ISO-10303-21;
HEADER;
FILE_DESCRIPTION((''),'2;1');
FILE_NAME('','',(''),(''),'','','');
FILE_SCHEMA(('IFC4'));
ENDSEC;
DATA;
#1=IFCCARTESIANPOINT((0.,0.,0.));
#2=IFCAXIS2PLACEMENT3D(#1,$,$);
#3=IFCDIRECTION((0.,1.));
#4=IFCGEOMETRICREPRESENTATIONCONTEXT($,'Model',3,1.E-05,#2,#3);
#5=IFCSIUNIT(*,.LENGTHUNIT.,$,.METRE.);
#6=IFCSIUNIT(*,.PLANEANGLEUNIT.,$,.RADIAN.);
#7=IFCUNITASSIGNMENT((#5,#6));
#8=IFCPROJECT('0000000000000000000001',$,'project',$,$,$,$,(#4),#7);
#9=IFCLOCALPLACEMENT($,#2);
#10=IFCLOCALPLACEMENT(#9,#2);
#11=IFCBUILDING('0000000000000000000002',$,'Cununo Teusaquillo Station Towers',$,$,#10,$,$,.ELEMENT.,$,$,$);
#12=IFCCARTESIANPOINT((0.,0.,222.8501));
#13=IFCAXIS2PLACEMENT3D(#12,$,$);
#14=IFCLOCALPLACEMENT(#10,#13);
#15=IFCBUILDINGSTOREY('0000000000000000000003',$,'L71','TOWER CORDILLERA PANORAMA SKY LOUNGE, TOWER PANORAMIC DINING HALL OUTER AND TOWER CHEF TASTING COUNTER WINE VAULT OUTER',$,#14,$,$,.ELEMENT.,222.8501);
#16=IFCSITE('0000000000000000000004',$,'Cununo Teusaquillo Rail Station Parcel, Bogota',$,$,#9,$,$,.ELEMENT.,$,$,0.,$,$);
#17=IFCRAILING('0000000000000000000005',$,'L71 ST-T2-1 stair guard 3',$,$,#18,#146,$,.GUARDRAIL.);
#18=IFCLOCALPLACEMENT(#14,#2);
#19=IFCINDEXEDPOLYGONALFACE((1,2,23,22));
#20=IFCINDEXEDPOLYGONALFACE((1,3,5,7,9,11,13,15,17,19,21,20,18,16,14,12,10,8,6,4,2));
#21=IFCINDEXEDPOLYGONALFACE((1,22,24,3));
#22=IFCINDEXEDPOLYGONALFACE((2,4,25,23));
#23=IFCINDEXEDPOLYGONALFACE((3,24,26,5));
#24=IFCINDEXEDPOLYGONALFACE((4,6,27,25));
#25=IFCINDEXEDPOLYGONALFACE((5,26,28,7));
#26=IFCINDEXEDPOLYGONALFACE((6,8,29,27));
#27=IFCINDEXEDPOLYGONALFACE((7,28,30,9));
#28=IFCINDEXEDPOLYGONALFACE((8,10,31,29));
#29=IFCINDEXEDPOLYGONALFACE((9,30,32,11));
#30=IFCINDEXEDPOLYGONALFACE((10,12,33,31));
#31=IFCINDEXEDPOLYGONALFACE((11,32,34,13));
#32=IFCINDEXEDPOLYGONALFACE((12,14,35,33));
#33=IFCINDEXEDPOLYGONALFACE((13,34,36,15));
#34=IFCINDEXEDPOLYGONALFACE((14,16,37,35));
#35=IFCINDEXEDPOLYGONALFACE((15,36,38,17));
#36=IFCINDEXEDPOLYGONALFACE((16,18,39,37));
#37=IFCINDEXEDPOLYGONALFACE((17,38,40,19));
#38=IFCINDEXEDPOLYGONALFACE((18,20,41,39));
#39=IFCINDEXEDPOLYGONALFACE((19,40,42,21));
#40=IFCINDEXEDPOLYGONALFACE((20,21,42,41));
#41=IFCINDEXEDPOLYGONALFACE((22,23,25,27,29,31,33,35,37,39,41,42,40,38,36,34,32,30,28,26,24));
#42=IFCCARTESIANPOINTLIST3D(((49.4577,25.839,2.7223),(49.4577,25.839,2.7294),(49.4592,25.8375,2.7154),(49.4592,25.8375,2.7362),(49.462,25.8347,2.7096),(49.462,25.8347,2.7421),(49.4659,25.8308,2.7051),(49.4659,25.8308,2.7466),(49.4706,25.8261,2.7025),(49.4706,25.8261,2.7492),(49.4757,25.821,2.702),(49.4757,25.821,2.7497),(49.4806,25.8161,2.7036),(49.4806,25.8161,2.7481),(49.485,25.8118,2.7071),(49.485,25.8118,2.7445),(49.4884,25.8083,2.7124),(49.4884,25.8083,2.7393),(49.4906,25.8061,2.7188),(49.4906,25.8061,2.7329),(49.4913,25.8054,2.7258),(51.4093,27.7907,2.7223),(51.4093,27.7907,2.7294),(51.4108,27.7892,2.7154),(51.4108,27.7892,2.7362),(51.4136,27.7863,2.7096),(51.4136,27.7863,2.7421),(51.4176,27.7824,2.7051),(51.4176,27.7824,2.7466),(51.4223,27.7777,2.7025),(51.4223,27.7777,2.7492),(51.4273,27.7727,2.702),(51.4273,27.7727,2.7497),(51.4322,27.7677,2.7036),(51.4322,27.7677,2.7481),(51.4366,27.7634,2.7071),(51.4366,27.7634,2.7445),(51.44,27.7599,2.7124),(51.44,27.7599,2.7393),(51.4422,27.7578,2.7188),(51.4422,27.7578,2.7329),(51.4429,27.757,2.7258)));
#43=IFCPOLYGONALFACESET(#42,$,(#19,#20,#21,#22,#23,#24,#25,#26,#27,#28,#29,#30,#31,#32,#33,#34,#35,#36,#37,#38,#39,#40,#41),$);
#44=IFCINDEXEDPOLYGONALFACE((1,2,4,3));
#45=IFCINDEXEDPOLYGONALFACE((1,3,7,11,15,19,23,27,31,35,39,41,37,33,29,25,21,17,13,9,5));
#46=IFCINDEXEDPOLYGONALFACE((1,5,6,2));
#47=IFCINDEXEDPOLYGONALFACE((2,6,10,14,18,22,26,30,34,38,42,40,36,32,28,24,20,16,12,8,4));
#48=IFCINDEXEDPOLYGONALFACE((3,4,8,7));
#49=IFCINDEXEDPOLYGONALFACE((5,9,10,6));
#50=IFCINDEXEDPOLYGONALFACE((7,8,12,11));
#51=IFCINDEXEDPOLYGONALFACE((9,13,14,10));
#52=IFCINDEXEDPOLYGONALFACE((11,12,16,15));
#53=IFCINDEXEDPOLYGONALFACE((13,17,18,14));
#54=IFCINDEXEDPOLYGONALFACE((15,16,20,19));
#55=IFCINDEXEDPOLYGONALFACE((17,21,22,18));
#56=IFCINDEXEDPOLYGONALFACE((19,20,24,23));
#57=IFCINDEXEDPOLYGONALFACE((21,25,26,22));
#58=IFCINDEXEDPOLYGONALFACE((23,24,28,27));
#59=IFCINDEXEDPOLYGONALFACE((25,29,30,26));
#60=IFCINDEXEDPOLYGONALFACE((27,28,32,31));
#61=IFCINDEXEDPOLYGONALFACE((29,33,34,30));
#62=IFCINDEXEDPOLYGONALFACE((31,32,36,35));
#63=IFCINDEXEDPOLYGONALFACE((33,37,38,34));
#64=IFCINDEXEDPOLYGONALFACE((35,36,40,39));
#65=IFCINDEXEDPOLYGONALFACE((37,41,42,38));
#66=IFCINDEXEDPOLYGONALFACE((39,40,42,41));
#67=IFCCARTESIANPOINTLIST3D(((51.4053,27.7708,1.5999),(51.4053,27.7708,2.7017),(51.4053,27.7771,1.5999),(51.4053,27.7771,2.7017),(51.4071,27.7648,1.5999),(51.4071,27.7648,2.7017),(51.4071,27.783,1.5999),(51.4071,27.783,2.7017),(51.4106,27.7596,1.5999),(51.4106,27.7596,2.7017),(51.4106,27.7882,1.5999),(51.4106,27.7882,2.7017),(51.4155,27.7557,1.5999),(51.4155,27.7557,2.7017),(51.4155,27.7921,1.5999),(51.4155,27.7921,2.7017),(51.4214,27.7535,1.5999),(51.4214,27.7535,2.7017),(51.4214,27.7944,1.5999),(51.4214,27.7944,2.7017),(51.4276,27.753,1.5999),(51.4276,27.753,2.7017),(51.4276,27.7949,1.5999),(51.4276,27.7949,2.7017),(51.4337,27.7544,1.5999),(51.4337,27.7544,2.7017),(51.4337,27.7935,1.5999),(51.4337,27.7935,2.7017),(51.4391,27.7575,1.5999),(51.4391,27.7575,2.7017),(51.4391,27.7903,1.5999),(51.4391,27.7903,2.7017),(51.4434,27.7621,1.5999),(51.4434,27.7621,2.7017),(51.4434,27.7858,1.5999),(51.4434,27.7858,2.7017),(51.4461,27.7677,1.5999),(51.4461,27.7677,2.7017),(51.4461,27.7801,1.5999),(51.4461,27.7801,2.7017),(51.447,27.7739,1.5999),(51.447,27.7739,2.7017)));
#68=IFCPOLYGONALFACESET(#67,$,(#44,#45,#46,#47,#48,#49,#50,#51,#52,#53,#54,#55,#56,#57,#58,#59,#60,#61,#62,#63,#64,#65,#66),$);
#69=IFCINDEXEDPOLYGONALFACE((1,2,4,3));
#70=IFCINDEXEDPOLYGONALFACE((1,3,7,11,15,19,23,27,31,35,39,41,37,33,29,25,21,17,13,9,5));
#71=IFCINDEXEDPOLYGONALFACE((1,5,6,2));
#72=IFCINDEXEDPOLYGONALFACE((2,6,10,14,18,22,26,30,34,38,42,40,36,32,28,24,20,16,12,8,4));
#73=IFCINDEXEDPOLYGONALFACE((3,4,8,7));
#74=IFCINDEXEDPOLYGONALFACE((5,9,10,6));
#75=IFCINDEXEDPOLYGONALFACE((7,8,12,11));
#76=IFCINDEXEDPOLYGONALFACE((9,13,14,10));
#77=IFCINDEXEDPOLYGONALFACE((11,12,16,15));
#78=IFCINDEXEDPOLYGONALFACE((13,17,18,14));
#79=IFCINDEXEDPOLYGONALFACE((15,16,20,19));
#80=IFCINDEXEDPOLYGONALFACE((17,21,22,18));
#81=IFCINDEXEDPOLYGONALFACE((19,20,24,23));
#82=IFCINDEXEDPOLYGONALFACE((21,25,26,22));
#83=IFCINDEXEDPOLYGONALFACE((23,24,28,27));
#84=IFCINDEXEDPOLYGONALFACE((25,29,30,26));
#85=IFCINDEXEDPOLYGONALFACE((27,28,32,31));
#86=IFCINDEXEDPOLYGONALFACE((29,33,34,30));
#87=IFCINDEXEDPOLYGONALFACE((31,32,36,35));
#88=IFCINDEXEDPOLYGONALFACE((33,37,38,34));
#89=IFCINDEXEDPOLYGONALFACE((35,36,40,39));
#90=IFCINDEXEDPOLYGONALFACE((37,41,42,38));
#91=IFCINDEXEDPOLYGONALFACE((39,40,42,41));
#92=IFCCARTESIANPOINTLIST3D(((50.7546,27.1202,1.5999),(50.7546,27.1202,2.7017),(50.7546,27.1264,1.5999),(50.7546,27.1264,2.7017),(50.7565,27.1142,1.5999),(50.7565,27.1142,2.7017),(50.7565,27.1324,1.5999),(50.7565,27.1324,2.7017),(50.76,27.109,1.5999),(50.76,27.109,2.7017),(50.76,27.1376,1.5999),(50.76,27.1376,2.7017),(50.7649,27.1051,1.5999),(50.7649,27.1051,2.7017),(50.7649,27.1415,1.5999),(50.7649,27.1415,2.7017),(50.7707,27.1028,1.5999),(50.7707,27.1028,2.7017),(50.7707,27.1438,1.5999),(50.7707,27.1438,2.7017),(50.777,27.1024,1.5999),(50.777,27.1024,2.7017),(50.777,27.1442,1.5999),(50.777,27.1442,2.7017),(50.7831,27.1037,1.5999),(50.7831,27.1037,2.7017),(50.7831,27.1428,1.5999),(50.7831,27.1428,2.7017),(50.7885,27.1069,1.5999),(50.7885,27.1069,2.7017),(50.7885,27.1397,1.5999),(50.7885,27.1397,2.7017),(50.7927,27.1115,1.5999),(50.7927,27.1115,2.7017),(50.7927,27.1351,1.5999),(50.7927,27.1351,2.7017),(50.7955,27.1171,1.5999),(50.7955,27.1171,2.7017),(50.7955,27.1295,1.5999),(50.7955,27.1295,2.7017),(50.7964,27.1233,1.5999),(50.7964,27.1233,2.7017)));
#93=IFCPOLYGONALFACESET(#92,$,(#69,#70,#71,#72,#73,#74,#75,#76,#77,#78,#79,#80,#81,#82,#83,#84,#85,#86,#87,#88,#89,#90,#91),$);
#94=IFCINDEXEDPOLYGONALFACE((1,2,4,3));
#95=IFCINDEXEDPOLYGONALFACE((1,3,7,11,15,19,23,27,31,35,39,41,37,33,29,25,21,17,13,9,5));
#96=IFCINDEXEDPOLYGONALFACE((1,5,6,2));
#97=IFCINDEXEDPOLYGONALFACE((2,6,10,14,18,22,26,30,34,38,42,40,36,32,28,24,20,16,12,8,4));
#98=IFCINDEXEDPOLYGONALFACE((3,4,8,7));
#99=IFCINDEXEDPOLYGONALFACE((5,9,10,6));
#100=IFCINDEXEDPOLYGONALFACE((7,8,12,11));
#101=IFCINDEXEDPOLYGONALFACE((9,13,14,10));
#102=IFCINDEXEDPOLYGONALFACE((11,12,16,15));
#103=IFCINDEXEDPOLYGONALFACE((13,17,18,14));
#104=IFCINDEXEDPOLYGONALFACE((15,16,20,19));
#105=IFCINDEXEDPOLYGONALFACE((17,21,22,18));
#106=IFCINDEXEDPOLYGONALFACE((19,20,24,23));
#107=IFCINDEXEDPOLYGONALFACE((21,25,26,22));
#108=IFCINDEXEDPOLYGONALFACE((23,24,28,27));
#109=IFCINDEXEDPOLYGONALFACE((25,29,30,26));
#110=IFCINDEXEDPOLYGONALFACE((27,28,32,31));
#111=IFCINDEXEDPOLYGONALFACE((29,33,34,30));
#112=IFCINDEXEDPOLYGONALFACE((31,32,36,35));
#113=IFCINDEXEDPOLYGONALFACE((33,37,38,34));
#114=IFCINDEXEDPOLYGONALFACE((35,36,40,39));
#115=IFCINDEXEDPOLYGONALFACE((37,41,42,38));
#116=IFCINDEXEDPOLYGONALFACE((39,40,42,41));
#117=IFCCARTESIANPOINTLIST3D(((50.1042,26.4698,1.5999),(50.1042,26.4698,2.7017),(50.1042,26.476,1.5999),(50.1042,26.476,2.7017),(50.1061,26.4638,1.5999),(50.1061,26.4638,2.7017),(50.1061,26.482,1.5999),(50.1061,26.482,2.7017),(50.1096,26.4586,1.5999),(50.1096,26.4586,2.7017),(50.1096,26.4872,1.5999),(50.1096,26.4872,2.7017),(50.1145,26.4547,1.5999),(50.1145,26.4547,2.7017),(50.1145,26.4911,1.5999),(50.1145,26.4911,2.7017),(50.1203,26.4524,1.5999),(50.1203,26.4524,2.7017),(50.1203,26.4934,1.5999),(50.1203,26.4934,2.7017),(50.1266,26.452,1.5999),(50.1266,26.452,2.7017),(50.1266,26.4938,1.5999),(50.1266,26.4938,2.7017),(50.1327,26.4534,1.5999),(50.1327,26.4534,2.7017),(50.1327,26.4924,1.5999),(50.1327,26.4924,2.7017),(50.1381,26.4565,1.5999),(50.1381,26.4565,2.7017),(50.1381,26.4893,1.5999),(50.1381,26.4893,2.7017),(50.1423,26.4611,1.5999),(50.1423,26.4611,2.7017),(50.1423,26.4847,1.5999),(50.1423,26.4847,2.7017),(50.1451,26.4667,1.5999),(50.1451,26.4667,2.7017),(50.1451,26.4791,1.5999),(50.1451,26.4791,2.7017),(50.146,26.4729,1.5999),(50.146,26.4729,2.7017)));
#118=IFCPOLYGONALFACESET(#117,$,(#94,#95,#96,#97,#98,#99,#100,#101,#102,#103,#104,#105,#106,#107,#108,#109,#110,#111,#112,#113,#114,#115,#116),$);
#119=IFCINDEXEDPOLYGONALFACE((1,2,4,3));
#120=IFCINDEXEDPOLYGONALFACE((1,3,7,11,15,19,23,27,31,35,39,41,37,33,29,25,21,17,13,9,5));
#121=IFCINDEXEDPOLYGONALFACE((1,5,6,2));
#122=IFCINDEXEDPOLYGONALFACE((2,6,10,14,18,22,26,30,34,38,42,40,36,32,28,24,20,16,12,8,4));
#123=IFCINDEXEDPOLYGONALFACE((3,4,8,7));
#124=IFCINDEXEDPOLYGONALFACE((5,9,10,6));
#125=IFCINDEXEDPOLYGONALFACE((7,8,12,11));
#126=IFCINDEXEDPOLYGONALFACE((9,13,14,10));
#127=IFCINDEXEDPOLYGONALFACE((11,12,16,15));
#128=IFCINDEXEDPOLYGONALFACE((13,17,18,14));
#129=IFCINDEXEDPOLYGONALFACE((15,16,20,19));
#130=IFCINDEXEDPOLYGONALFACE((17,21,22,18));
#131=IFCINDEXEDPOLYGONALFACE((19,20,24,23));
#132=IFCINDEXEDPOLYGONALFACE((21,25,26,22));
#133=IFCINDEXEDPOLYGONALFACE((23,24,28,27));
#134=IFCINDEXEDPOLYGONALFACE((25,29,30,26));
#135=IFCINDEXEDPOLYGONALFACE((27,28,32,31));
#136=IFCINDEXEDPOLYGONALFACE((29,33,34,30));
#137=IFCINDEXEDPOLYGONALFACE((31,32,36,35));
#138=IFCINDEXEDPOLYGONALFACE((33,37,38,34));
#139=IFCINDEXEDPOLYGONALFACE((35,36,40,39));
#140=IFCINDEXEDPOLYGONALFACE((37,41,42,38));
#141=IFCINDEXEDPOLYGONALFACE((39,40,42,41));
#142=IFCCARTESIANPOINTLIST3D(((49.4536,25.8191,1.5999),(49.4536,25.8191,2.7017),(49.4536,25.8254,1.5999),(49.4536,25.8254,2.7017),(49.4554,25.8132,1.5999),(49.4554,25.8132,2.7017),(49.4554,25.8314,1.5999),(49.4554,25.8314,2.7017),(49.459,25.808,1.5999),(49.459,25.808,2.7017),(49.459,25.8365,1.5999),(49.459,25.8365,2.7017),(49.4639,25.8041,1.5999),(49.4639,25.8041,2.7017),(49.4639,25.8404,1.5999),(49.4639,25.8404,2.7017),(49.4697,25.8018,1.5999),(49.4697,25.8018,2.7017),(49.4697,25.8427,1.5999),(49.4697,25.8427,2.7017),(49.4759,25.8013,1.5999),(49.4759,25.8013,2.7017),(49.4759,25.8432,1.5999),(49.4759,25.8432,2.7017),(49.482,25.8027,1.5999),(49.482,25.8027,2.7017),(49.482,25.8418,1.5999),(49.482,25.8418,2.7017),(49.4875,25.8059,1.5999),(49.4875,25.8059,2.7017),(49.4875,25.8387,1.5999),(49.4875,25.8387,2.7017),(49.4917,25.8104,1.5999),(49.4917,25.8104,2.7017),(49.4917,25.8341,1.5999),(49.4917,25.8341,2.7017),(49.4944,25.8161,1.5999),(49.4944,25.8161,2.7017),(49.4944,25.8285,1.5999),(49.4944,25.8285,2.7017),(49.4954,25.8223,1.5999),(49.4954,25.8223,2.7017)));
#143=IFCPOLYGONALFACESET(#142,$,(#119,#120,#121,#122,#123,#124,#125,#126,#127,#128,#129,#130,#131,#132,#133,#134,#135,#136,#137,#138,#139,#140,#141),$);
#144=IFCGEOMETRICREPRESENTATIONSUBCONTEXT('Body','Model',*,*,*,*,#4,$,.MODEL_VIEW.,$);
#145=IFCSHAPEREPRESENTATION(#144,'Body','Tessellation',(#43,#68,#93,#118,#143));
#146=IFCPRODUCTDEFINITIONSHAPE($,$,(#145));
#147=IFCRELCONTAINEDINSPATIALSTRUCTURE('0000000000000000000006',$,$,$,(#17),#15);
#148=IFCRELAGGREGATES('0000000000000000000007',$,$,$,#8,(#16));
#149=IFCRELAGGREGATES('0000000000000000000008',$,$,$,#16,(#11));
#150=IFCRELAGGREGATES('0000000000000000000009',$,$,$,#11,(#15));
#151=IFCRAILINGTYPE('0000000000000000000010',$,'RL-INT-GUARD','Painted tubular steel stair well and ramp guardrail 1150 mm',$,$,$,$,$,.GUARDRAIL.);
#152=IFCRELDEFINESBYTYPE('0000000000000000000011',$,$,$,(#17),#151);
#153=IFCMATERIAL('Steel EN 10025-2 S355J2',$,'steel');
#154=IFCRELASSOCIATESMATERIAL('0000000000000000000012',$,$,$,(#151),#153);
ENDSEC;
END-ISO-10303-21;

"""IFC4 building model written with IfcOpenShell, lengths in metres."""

from ifc_helpers import new_model, si_unit, direction, frame, origin, origin_2d, place, context, subcontext, project, spatial, circle, extrude, material, type_object, element, save


model = new_model("IFC4")

# Units and contexts
model_context = context("Model", 3, precision=1e-05, world=origin(), true_north=direction((0.0, 1.0)))
body_context = subcontext(model_context, "Body", "Model", "MODEL_VIEW")
ifc_project = project(units=[si_unit("LENGTHUNIT", "METRE"), si_unit("PLANEANGLEUNIT", "RADIAN")], contexts=[model_context])

# Site, building, storey
site_placement = place(None, origin())
site = spatial("IfcSite", under=ifc_project, at=site_placement, Name="Cununo Teusaquillo Rail Station Parcel, Bogota", CompositionType="ELEMENT", RefElevation=0.0)
building_placement = place(site_placement, origin())
building = spatial("IfcBuilding", under=site, at=building_placement, Name="Cununo Teusaquillo Station Towers", CompositionType="ELEMENT")
storey_placement = place(building_placement, frame((0.0, 0.0, 222.8501)))
storey = spatial("IfcBuildingStorey", under=building, at=storey_placement, Name="L71", Description="TOWER CORDILLERA PANORAMA SKY LOUNGE, TOWER PANORAMIC DINING HALL OUTER AND TOWER CHEF TASTING COUNTER WINE VAULT OUTER", CompositionType="ELEMENT", Elevation=222.8501)

# Railing
ifc_material_1 = material(Name="Steel EN 10025-2 S355J2", Category="steel")
railing_type = type_object("IfcRailingType", Name="RL-INT-GUARD", Description="Painted tubular steel stair well and ramp guardrail 1150 mm", PredefinedType="GUARDRAIL", material=ifc_material_1)
railing_1_placement = place(storey_placement, frame((51.426, 27.7739, 1.5999)))
element("IfcRailing", 1, at=railing_1_placement, inside=storey, type_object=railing_type, Name="L71 ST-T2-1 stair guard 3", PredefinedType="GUARDRAIL", context=body_context, shape_type="SweptSolid", body=[
    extrude(circle(Radius=0.0239, at=origin_2d()), frame((0.0, 0.0, 1.126), z_axis=(-0.707107, -0.707107, 0.0), x_axis=(0.707107, -0.707107, 0.0)), (0.0, 0.0, 1.0), 2.76),
    extrude(circle(Radius=0.021, at=origin_2d()), origin(), (0.0, 0.0, 1.0), 1.1018),
    extrude(circle(Radius=0.021, at=origin_2d()), frame((-0.6506, -0.6506, 0.0)), (0.0, 0.0, 1.0), 1.1018),
    extrude(circle(Radius=0.021, at=origin_2d()), frame((-1.301, -1.301, 0.0)), (0.0, 0.0, 1.0), 1.1018),
    extrude(circle(Radius=0.021, at=origin_2d()), frame((-1.9517, -1.9517, 0.0)), (0.0, 0.0, 1.0), 1.1018),
])

save(model, "model.ifc")
